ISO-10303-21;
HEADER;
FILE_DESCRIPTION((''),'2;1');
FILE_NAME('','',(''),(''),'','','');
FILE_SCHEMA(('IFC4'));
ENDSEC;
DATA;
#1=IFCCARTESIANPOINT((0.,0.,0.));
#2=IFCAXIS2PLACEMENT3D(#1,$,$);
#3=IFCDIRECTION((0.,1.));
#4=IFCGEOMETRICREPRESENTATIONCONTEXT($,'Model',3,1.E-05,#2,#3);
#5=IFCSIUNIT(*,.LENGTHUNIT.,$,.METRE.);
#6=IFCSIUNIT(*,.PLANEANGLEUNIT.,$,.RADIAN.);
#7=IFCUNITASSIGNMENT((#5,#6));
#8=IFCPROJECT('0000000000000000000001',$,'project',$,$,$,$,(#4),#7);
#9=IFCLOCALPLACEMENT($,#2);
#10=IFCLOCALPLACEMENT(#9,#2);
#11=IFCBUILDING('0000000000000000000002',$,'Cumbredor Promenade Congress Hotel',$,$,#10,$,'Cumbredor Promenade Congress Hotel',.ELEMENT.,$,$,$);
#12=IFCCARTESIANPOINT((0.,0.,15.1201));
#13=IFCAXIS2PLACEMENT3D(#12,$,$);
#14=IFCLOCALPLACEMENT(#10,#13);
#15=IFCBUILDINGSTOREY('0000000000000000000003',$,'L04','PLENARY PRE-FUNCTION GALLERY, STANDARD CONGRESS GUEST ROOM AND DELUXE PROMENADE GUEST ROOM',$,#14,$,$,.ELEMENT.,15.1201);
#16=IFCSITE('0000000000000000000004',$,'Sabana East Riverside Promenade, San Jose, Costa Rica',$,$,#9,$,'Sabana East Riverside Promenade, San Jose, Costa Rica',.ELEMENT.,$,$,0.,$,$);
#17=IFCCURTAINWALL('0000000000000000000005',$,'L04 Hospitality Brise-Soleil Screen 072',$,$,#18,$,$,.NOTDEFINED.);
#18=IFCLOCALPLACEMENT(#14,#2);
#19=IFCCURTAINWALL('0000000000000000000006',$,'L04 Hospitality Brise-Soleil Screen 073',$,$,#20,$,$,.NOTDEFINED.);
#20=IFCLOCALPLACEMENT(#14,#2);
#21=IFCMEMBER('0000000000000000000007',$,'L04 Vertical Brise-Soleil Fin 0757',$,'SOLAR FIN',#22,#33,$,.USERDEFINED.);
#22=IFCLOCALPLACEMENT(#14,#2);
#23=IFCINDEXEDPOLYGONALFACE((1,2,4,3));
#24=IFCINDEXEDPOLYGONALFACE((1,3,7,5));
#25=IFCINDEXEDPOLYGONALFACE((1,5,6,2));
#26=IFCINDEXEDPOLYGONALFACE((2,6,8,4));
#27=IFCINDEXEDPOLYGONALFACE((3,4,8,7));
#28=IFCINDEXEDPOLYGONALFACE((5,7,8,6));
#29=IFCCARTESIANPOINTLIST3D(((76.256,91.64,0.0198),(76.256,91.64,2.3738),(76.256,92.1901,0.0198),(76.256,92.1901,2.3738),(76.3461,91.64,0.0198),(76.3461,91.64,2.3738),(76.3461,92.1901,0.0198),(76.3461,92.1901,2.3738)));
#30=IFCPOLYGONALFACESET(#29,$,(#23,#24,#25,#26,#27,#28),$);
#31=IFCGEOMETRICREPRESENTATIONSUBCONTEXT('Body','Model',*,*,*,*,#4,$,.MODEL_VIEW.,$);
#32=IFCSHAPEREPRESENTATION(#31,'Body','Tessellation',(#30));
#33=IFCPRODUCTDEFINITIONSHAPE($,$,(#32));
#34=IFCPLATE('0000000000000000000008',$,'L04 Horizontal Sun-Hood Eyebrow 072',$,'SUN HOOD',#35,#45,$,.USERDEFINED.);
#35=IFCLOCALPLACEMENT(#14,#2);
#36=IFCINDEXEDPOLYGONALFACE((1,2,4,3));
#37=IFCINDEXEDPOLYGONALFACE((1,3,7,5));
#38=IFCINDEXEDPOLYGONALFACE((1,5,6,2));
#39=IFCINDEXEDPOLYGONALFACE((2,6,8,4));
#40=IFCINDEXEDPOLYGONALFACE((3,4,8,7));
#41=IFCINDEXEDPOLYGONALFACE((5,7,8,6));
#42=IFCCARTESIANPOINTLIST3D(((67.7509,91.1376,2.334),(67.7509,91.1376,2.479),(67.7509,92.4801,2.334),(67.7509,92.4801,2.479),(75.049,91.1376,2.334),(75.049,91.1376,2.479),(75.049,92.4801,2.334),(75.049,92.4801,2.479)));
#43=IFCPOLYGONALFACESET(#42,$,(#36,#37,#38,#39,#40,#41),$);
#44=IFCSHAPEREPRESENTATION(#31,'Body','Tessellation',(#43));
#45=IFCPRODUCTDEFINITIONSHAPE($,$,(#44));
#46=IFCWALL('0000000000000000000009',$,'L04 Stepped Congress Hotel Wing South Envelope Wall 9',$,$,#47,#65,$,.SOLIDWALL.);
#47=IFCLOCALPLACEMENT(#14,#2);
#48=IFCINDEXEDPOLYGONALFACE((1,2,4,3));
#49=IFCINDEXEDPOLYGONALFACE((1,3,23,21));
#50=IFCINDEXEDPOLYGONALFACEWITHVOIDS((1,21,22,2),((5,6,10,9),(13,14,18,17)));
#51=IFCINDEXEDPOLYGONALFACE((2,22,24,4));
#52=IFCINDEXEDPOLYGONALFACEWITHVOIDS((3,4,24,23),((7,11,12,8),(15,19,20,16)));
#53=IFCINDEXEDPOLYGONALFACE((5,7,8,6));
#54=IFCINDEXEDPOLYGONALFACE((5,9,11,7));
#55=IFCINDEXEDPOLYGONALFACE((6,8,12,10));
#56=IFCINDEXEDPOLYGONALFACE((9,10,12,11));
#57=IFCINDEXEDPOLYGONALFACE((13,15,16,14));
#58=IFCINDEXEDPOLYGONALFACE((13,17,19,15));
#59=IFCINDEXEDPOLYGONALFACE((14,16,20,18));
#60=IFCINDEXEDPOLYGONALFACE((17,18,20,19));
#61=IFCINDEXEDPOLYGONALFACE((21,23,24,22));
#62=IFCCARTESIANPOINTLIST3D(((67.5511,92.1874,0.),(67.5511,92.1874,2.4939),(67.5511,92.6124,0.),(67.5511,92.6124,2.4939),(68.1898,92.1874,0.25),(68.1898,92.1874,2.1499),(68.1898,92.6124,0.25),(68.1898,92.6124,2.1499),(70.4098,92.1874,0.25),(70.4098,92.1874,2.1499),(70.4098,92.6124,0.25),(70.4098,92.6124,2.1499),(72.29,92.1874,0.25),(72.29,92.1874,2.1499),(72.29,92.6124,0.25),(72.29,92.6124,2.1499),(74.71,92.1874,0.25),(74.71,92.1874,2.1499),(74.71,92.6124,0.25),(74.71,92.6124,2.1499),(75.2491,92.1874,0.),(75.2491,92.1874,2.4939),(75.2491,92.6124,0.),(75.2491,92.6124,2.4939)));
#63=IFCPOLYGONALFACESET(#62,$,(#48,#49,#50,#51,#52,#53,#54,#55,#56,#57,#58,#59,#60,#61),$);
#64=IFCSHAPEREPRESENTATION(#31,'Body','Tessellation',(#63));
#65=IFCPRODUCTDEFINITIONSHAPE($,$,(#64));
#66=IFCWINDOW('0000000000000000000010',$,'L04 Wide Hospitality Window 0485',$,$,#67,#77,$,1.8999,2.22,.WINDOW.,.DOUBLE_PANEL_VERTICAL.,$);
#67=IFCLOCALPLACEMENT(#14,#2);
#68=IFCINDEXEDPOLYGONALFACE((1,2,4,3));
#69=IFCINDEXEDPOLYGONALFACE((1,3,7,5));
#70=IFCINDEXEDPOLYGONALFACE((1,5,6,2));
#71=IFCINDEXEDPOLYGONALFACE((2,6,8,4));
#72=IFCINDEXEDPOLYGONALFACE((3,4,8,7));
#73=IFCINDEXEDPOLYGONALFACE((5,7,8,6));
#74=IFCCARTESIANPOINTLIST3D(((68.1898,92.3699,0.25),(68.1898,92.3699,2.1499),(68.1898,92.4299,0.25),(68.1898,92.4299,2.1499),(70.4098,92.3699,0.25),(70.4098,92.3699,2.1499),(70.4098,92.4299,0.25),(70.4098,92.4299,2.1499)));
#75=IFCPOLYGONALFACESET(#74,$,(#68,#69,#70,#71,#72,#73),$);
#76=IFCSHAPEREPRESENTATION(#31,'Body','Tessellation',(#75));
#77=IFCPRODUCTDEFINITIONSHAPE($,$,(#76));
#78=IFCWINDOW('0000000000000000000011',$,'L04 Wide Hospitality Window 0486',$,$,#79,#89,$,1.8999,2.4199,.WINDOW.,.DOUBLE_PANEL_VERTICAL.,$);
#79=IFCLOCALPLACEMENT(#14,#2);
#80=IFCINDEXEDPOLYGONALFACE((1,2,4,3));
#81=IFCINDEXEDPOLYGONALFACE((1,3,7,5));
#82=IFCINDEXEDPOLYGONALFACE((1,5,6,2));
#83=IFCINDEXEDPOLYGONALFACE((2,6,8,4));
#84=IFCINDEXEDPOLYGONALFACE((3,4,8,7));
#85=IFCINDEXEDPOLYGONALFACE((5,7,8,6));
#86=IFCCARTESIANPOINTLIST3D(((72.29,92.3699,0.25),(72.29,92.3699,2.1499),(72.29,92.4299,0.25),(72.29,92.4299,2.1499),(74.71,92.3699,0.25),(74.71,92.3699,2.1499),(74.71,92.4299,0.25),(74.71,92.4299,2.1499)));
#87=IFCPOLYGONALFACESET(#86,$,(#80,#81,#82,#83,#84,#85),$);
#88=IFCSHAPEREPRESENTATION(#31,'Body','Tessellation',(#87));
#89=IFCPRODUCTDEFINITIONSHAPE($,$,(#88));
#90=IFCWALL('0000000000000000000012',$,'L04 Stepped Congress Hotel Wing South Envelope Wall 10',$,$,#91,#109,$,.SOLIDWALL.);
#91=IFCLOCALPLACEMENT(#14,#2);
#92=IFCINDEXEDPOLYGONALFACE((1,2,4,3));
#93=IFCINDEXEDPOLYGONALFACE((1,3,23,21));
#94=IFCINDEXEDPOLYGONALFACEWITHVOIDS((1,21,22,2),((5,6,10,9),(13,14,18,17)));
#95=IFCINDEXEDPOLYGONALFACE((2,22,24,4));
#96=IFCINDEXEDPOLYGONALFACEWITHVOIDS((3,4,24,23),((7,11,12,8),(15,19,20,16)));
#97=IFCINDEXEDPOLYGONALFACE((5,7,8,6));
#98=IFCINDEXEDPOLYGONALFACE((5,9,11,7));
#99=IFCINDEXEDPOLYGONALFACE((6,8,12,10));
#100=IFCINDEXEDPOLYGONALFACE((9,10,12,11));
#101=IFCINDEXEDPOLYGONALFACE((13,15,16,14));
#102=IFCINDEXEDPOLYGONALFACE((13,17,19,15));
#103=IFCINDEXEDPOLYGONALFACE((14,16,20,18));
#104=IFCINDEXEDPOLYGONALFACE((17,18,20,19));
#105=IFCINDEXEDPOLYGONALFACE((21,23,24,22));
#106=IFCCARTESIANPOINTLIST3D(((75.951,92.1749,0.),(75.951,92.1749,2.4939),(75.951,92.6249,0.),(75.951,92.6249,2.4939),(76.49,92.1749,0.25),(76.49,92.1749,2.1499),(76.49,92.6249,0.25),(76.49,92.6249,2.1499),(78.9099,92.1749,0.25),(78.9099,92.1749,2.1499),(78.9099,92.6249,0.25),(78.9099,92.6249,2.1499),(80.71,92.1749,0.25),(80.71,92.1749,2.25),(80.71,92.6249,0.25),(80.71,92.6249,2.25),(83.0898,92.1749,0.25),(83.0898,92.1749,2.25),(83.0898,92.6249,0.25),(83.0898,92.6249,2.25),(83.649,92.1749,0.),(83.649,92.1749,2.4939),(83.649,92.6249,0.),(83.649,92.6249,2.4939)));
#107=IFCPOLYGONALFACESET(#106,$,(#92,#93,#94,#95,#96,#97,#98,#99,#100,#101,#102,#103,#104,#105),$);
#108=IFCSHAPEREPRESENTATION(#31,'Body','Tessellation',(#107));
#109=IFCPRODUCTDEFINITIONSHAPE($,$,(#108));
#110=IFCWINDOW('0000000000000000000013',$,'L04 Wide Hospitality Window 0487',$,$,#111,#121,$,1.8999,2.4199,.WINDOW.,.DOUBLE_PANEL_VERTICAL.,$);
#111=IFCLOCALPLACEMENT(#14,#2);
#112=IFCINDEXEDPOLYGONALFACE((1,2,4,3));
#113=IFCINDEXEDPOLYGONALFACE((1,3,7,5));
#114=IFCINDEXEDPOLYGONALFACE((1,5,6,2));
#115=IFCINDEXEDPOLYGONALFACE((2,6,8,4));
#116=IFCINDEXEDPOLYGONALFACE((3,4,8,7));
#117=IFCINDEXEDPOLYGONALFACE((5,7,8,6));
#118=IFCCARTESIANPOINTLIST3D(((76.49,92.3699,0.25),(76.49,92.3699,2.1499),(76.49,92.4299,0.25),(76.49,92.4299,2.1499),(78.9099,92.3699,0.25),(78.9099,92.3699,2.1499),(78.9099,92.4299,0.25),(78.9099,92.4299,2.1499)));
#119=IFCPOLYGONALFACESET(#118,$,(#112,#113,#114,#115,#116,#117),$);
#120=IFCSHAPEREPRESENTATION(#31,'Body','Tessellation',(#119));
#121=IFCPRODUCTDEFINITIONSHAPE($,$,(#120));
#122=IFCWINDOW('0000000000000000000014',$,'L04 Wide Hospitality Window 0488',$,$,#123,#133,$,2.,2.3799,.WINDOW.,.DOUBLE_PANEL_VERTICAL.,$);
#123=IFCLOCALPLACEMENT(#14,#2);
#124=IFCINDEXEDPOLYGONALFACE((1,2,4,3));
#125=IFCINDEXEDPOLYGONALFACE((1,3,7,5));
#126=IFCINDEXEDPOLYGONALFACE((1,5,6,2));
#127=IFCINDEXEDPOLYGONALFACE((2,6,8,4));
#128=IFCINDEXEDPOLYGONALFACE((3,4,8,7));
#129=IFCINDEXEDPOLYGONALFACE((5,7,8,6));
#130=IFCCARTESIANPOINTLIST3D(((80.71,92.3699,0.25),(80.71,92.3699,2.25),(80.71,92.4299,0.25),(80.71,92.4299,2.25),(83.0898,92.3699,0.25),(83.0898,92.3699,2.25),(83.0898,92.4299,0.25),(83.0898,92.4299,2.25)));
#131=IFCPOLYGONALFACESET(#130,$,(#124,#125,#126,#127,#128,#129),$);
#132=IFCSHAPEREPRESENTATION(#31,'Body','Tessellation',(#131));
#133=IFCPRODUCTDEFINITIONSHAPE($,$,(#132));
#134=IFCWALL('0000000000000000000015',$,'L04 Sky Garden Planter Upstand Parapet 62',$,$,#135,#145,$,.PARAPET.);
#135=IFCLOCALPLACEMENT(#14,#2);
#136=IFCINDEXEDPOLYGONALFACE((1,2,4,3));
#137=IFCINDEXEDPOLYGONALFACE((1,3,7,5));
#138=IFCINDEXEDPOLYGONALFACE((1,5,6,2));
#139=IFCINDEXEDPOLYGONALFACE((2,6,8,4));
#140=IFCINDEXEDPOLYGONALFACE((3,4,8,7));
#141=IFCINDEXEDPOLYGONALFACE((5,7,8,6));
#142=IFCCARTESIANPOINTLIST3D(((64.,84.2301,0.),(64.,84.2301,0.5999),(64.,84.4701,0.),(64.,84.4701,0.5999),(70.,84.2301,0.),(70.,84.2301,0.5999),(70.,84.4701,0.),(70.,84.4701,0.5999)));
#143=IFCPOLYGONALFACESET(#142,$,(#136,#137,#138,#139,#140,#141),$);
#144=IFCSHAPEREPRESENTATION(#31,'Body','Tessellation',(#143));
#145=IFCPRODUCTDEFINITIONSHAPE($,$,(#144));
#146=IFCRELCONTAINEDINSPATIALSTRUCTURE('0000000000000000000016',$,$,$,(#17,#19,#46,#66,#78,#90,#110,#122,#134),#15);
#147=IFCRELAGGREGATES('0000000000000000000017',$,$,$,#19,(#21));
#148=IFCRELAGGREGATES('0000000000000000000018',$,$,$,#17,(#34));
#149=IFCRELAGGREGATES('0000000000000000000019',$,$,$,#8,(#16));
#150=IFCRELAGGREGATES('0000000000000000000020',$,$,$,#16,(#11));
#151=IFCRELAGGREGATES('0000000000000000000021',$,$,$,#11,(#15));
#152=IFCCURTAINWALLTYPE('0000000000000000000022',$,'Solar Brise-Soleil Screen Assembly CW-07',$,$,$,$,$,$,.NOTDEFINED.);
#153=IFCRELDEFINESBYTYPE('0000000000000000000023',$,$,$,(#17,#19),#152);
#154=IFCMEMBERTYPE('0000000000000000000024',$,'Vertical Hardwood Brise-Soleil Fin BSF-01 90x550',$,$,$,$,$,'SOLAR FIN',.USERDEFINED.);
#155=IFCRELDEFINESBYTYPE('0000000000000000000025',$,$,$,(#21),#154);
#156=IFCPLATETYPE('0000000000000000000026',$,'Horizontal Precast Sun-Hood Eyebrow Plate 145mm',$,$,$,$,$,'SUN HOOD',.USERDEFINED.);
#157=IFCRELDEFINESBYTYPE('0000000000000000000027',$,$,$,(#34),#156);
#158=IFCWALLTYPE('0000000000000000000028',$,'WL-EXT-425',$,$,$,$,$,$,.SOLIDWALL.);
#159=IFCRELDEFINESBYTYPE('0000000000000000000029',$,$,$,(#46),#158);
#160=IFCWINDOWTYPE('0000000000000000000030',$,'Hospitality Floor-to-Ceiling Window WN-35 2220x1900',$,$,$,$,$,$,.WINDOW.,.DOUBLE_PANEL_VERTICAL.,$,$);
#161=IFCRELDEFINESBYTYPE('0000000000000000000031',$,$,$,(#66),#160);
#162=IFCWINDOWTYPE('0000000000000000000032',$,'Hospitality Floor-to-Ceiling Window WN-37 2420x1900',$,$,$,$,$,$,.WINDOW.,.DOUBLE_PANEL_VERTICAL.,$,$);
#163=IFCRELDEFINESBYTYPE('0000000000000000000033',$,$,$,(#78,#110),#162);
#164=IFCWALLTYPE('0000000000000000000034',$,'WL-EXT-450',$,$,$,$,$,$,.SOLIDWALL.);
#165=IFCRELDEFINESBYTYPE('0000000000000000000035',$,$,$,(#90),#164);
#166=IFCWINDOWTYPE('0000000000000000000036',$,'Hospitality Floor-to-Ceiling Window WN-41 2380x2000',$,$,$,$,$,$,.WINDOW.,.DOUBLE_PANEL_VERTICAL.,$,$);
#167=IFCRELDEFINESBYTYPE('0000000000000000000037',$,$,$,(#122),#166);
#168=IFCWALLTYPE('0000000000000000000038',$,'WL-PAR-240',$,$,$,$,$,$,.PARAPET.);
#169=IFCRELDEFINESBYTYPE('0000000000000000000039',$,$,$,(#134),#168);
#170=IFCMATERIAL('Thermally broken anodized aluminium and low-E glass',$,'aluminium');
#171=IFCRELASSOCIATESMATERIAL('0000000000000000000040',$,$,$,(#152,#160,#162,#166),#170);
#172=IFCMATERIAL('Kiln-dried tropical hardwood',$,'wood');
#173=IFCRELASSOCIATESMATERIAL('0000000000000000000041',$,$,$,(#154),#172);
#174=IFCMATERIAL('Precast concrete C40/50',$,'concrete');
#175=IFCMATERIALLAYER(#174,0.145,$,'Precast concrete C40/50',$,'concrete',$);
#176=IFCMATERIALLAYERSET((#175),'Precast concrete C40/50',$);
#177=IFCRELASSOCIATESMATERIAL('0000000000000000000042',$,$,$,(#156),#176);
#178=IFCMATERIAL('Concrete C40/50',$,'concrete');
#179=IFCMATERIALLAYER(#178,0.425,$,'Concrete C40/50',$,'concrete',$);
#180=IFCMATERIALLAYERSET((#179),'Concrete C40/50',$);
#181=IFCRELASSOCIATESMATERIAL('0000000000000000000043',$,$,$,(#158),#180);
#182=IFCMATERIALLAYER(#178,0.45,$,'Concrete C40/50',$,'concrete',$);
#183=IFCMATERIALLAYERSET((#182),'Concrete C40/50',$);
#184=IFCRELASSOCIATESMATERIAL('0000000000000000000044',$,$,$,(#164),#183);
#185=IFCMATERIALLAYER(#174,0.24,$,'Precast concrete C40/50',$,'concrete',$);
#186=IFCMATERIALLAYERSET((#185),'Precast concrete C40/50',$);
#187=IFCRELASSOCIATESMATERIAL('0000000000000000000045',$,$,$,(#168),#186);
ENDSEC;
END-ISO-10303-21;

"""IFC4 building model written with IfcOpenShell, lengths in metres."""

from ifc_helpers import new_model, si_unit, direction, frame, frame_2d, origin, origin_2d, place, context, subcontext, project, spatial, rectangle, extrude, material, layer, layer_set, material_profile, profile_set, type_object, element, fill, aggregate, save


model = new_model("IFC4")

# Units and contexts
model_context = context("Model", 3, precision=1e-05, world=origin(), true_north=direction((0.0, 1.0)))
body_context = subcontext(model_context, "Body", "Model", "MODEL_VIEW")
ifc_project = project(units=[si_unit("LENGTHUNIT", "METRE"), si_unit("PLANEANGLEUNIT", "RADIAN")], contexts=[model_context])

# Site, building, storey
site_placement = place(None, origin())
site = spatial("IfcSite", under=ifc_project, at=site_placement, Name="Sabana East Riverside Promenade, San Jose, Costa Rica", LongName="Sabana East Riverside Promenade, San Jose, Costa Rica", CompositionType="ELEMENT", RefElevation=0.0)
building_placement = place(site_placement, origin())
building = spatial("IfcBuilding", under=site, at=building_placement, Name="Cumbredor Promenade Congress Hotel", LongName="Cumbredor Promenade Congress Hotel", CompositionType="ELEMENT")
storey_placement = place(building_placement, frame((0.0, 0.0, 15.1201)))
storey = spatial("IfcBuildingStorey", under=building, at=storey_placement, Name="L04", Description="PLENARY PRE-FUNCTION GALLERY, STANDARD CONGRESS GUEST ROOM AND DELUXE PROMENADE GUEST ROOM", CompositionType="ELEMENT", Elevation=15.1201)

# Shared definitions
ifc_material_1 = material(Name="Concrete C40/50", Category="concrete")

# Curtain walls
ifc_material_2 = material(Name="Thermally broken anodized aluminium and low-E glass", Category="aluminium")
curtain_wall_type = type_object("IfcCurtainWallType", Name="Solar Brise-Soleil Screen Assembly CW-07", PredefinedType="NOTDEFINED", material=ifc_material_2)
curtain_wall_1_placement = place(storey_placement, origin())
curtain_wall_1 = element("IfcCurtainWall", 1, at=curtain_wall_1_placement, inside=storey, type_object=curtain_wall_type, Name="L04 Hospitality Brise-Soleil Screen 072", PredefinedType="NOTDEFINED")
curtain_wall_2_placement = place(storey_placement, origin())
curtain_wall_2 = element("IfcCurtainWall", 2, at=curtain_wall_2_placement, inside=storey, type_object=curtain_wall_type, Name="L04 Hospitality Brise-Soleil Screen 073", PredefinedType="NOTDEFINED")

# Member
ifc_material_3 = material(Name="Kiln-dried tropical hardwood", Category="wood")
ifc_material_profile_1 = material_profile(ifc_material_3, rectangle(XDim=0.0901, YDim=0.55, at=origin_2d()), Name="ARCH FIN 90x550")
ifc_profile_set_1 = profile_set([ifc_material_profile_1], Name="Kiln-dried tropical hardwood")
member_type_1 = type_object("IfcMemberType", Name="Vertical Hardwood Brise-Soleil Fin BSF-01 90x550", ElementType="SOLAR FIN", PredefinedType="USERDEFINED", material=ifc_profile_set_1)
member_1_placement = place(storey_placement, frame((76.301, 91.915, 0.0198), z_axis=(0.0, 0.0, 1.0), x_axis=(1.0, 0.0, 0.0)))
member_1 = element("IfcMember", 3, at=member_1_placement, type_object=member_type_1, Name="L04 Vertical Brise-Soleil Fin 0757", ObjectType="SOLAR FIN", PredefinedType="USERDEFINED", context=body_context, shape_type="SweptSolid", body=[
    extrude(rectangle(XDim=0.0901, YDim=0.55, at=origin_2d()), origin(), (0.0, 0.0, 1.0), 2.354),
])
aggregate(curtain_wall_2, [member_1])

# Plate
ifc_material_4 = material(Name="Precast concrete C40/50", Category="concrete")
ifc_layer_1 = layer(ifc_material_4, 0.145, Name="Precast concrete C40/50", Category="concrete")
ifc_layer_set_1 = layer_set([ifc_layer_1], Name="Precast concrete C40/50")
plate_type = type_object("IfcPlateType", Name="Horizontal Precast Sun-Hood Eyebrow Plate 145mm", ElementType="SUN HOOD", PredefinedType="USERDEFINED", material=ifc_layer_set_1)
plate_placement = place(storey_placement, frame((71.3999, 91.8088, 2.334), z_axis=(0.0, 0.0, 1.0), x_axis=(1.0, 0.0, 0.0)))
plate = element("IfcPlate", 4, at=plate_placement, type_object=plate_type, Name="L04 Horizontal Sun-Hood Eyebrow 072", ObjectType="SUN HOOD", PredefinedType="USERDEFINED", context=body_context, shape_type="SweptSolid", body=[
    extrude(rectangle(XDim=7.2981, YDim=1.3425, at=origin_2d()), origin(), (0.0, 0.0, 1.0), 0.145),
])
aggregate(curtain_wall_1, [plate])

# Walls, openings, windows
ifc_layer_2 = layer(ifc_material_1, 0.425, Name="Concrete C40/50", Category="concrete")
ifc_layer_set_2 = layer_set([ifc_layer_2], Name="Concrete C40/50")
wall_type_1 = type_object("IfcWallType", Name="WL-EXT-425", PredefinedType="SOLIDWALL", material=ifc_layer_set_2)
wall_1_placement = place(storey_placement, frame((67.551, 92.3999, 0.0), z_axis=(0.0, 0.0, 1.0), x_axis=(1.0, 0.0, 0.0)))
wall_1 = element("IfcWall", 5, at=wall_1_placement, inside=storey, type_object=wall_type_1, Name="L04 Stepped Congress Hotel Wing South Envelope Wall 9", PredefinedType="SOLIDWALL", context=body_context, shape_type="SweptSolid", body=[
    extrude(rectangle(XDim=7.698, YDim=0.425, at=frame_2d((3.8491, 0.0))), origin(), (0.0, 0.0, 1.0), 2.4939),
])
opening_1_placement = place(wall_1_placement, frame((0.6389, 0.0, 0.25)))
opening_1 = element("IfcOpeningElement", 6, at=opening_1_placement, cuts=wall_1, PredefinedType="OPENING", context=body_context, shape_type="SweptSolid", body=[
    extrude(rectangle(XDim=2.22, YDim=1.8999, at=frame_2d((1.1099, 0.95))), frame((0.0, 0.2227, 0.0), z_axis=(0.0, -1.0, 0.0), x_axis=(1.0, 0.0, 0.0)), (0.0, 0.0, 1.0), 0.4451),
])
opening_2_placement = place(wall_1_placement, frame((4.739, 0.0, 0.25)))
opening_2 = element("IfcOpeningElement", 7, at=opening_2_placement, cuts=wall_1, PredefinedType="OPENING", context=body_context, shape_type="SweptSolid", body=[
    extrude(rectangle(XDim=2.4199, YDim=1.8999, at=frame_2d((1.21, 0.95))), frame((0.0, 0.2227, 0.0), z_axis=(0.0, -1.0, 0.0), x_axis=(1.0, 0.0, 0.0)), (0.0, 0.0, 1.0), 0.4451),
])
window_type_1 = type_object("IfcWindowType", Name="Hospitality Floor-to-Ceiling Window WN-35 2220x1900", PartitioningType="DOUBLE_PANEL_VERTICAL", PredefinedType="WINDOW", material=ifc_material_2)
window_1_placement = place(opening_1_placement, origin())
window_1 = element("IfcWindow", 8, at=window_1_placement, inside=storey, type_object=window_type_1, Name="L04 Wide Hospitality Window 0485", OverallHeight=1.8999, OverallWidth=2.22, PartitioningType="DOUBLE_PANEL_VERTICAL", PredefinedType="WINDOW", context=body_context, shape_type="SweptSolid", body=[
    extrude(rectangle(XDim=2.22, YDim=1.8999, at=frame_2d((1.1099, 0.95))), frame((0.0, 0.03, 0.0), z_axis=(0.0, -1.0, 0.0), x_axis=(1.0, 0.0, 0.0)), (0.0, 0.0, 1.0), 0.0601),
])
fill(opening_1, window_1)
window_type_2 = type_object("IfcWindowType", Name="Hospitality Floor-to-Ceiling Window WN-37 2420x1900", PartitioningType="DOUBLE_PANEL_VERTICAL", PredefinedType="WINDOW", material=ifc_material_2)
window_2_placement = place(opening_2_placement, origin())
window_2 = element("IfcWindow", 9, at=window_2_placement, inside=storey, type_object=window_type_2, Name="L04 Wide Hospitality Window 0486", OverallHeight=1.8999, OverallWidth=2.4199, PartitioningType="DOUBLE_PANEL_VERTICAL", PredefinedType="WINDOW", context=body_context, shape_type="SweptSolid", body=[
    extrude(rectangle(XDim=2.4199, YDim=1.8999, at=frame_2d((1.21, 0.95))), frame((0.0, 0.03, 0.0), z_axis=(0.0, -1.0, 0.0), x_axis=(1.0, 0.0, 0.0)), (0.0, 0.0, 1.0), 0.0601),
])
fill(opening_2, window_2)
ifc_layer_3 = layer(ifc_material_1, 0.45, Name="Concrete C40/50", Category="concrete")
ifc_layer_set_3 = layer_set([ifc_layer_3], Name="Concrete C40/50")
wall_type_2 = type_object("IfcWallType", Name="WL-EXT-450", PredefinedType="SOLIDWALL", material=ifc_layer_set_3)
wall_2_placement = place(storey_placement, frame((75.9509, 92.3999, 0.0), z_axis=(0.0, 0.0, 1.0), x_axis=(1.0, 0.0, 0.0)))
wall_2 = element("IfcWall", 10, at=wall_2_placement, inside=storey, type_object=wall_type_2, Name="L04 Stepped Congress Hotel Wing South Envelope Wall 10", PredefinedType="SOLIDWALL", context=body_context, shape_type="SweptSolid", body=[
    extrude(rectangle(XDim=7.698, YDim=0.45, at=frame_2d((3.8491, 0.0))), origin(), (0.0, 0.0, 1.0), 2.4939),
])
opening_3_placement = place(wall_2_placement, frame((0.5391, 0.0, 0.25)))
opening_3 = element("IfcOpeningElement", 11, at=opening_3_placement, cuts=wall_2, PredefinedType="OPENING", context=body_context, shape_type="SweptSolid", body=[
    extrude(rectangle(XDim=2.4199, YDim=1.8999, at=frame_2d((1.21, 0.95))), frame((0.0, 0.2349, 0.0), z_axis=(0.0, -1.0, 0.0), x_axis=(1.0, 0.0, 0.0)), (0.0, 0.0, 1.0), 0.47),
])
opening_4_placement = place(wall_2_placement, frame((4.759, 0.0, 0.25)))
opening_4 = element("IfcOpeningElement", 12, at=opening_4_placement, cuts=wall_2, PredefinedType="OPENING", context=body_context, shape_type="SweptSolid", body=[
    extrude(rectangle(XDim=2.3799, YDim=2.0, at=frame_2d((1.1899, 1.0))), frame((0.0, 0.2349, 0.0), z_axis=(0.0, -1.0, 0.0), x_axis=(1.0, 0.0, 0.0)), (0.0, 0.0, 1.0), 0.47),
])
window_3_placement = place(opening_3_placement, origin())
window_3 = element("IfcWindow", 13, at=window_3_placement, inside=storey, type_object=window_type_2, Name="L04 Wide Hospitality Window 0487", OverallHeight=1.8999, OverallWidth=2.4199, PartitioningType="DOUBLE_PANEL_VERTICAL", PredefinedType="WINDOW", context=body_context, shape_type="SweptSolid", body=[
    extrude(rectangle(XDim=2.4199, YDim=1.8999, at=frame_2d((1.21, 0.95))), frame((0.0, 0.03, 0.0), z_axis=(0.0, -1.0, 0.0), x_axis=(1.0, 0.0, 0.0)), (0.0, 0.0, 1.0), 0.0601),
])
fill(opening_3, window_3)
window_type_3 = type_object("IfcWindowType", Name="Hospitality Floor-to-Ceiling Window WN-41 2380x2000", PartitioningType="DOUBLE_PANEL_VERTICAL", PredefinedType="WINDOW", material=ifc_material_2)
window_4_placement = place(opening_4_placement, origin())
window_4 = element("IfcWindow", 14, at=window_4_placement, inside=storey, type_object=window_type_3, Name="L04 Wide Hospitality Window 0488", OverallHeight=2.0, OverallWidth=2.3799, PartitioningType="DOUBLE_PANEL_VERTICAL", PredefinedType="WINDOW", context=body_context, shape_type="SweptSolid", body=[
    extrude(rectangle(XDim=2.3799, YDim=2.0, at=frame_2d((1.1899, 1.0))), frame((0.0, 0.03, 0.0), z_axis=(0.0, -1.0, 0.0), x_axis=(1.0, 0.0, 0.0)), (0.0, 0.0, 1.0), 0.0601),
])
fill(opening_4, window_4)

# Wall
ifc_layer_4 = layer(ifc_material_4, 0.24, Name="Precast concrete C40/50", Category="concrete")
ifc_layer_set_4 = layer_set([ifc_layer_4], Name="Precast concrete C40/50")
wall_type_3 = type_object("IfcWallType", Name="WL-PAR-240", PredefinedType="PARAPET", material=ifc_layer_set_4)
wall_3_placement = place(storey_placement, frame((64.0, 84.3501, 0.0), z_axis=(0.0, 0.0, 1.0), x_axis=(1.0, 0.0, 0.0)))
element("IfcWall", 15, at=wall_3_placement, inside=storey, type_object=wall_type_3, Name="L04 Sky Garden Planter Upstand Parapet 62", PredefinedType="PARAPET", context=body_context, shape_type="SweptSolid", body=[
    extrude(rectangle(XDim=6.0, YDim=0.24, at=frame_2d((3.0, 0.0))), origin(), (0.0, 0.0, 1.0), 0.5999),
])

save(model, "model.ifc")
